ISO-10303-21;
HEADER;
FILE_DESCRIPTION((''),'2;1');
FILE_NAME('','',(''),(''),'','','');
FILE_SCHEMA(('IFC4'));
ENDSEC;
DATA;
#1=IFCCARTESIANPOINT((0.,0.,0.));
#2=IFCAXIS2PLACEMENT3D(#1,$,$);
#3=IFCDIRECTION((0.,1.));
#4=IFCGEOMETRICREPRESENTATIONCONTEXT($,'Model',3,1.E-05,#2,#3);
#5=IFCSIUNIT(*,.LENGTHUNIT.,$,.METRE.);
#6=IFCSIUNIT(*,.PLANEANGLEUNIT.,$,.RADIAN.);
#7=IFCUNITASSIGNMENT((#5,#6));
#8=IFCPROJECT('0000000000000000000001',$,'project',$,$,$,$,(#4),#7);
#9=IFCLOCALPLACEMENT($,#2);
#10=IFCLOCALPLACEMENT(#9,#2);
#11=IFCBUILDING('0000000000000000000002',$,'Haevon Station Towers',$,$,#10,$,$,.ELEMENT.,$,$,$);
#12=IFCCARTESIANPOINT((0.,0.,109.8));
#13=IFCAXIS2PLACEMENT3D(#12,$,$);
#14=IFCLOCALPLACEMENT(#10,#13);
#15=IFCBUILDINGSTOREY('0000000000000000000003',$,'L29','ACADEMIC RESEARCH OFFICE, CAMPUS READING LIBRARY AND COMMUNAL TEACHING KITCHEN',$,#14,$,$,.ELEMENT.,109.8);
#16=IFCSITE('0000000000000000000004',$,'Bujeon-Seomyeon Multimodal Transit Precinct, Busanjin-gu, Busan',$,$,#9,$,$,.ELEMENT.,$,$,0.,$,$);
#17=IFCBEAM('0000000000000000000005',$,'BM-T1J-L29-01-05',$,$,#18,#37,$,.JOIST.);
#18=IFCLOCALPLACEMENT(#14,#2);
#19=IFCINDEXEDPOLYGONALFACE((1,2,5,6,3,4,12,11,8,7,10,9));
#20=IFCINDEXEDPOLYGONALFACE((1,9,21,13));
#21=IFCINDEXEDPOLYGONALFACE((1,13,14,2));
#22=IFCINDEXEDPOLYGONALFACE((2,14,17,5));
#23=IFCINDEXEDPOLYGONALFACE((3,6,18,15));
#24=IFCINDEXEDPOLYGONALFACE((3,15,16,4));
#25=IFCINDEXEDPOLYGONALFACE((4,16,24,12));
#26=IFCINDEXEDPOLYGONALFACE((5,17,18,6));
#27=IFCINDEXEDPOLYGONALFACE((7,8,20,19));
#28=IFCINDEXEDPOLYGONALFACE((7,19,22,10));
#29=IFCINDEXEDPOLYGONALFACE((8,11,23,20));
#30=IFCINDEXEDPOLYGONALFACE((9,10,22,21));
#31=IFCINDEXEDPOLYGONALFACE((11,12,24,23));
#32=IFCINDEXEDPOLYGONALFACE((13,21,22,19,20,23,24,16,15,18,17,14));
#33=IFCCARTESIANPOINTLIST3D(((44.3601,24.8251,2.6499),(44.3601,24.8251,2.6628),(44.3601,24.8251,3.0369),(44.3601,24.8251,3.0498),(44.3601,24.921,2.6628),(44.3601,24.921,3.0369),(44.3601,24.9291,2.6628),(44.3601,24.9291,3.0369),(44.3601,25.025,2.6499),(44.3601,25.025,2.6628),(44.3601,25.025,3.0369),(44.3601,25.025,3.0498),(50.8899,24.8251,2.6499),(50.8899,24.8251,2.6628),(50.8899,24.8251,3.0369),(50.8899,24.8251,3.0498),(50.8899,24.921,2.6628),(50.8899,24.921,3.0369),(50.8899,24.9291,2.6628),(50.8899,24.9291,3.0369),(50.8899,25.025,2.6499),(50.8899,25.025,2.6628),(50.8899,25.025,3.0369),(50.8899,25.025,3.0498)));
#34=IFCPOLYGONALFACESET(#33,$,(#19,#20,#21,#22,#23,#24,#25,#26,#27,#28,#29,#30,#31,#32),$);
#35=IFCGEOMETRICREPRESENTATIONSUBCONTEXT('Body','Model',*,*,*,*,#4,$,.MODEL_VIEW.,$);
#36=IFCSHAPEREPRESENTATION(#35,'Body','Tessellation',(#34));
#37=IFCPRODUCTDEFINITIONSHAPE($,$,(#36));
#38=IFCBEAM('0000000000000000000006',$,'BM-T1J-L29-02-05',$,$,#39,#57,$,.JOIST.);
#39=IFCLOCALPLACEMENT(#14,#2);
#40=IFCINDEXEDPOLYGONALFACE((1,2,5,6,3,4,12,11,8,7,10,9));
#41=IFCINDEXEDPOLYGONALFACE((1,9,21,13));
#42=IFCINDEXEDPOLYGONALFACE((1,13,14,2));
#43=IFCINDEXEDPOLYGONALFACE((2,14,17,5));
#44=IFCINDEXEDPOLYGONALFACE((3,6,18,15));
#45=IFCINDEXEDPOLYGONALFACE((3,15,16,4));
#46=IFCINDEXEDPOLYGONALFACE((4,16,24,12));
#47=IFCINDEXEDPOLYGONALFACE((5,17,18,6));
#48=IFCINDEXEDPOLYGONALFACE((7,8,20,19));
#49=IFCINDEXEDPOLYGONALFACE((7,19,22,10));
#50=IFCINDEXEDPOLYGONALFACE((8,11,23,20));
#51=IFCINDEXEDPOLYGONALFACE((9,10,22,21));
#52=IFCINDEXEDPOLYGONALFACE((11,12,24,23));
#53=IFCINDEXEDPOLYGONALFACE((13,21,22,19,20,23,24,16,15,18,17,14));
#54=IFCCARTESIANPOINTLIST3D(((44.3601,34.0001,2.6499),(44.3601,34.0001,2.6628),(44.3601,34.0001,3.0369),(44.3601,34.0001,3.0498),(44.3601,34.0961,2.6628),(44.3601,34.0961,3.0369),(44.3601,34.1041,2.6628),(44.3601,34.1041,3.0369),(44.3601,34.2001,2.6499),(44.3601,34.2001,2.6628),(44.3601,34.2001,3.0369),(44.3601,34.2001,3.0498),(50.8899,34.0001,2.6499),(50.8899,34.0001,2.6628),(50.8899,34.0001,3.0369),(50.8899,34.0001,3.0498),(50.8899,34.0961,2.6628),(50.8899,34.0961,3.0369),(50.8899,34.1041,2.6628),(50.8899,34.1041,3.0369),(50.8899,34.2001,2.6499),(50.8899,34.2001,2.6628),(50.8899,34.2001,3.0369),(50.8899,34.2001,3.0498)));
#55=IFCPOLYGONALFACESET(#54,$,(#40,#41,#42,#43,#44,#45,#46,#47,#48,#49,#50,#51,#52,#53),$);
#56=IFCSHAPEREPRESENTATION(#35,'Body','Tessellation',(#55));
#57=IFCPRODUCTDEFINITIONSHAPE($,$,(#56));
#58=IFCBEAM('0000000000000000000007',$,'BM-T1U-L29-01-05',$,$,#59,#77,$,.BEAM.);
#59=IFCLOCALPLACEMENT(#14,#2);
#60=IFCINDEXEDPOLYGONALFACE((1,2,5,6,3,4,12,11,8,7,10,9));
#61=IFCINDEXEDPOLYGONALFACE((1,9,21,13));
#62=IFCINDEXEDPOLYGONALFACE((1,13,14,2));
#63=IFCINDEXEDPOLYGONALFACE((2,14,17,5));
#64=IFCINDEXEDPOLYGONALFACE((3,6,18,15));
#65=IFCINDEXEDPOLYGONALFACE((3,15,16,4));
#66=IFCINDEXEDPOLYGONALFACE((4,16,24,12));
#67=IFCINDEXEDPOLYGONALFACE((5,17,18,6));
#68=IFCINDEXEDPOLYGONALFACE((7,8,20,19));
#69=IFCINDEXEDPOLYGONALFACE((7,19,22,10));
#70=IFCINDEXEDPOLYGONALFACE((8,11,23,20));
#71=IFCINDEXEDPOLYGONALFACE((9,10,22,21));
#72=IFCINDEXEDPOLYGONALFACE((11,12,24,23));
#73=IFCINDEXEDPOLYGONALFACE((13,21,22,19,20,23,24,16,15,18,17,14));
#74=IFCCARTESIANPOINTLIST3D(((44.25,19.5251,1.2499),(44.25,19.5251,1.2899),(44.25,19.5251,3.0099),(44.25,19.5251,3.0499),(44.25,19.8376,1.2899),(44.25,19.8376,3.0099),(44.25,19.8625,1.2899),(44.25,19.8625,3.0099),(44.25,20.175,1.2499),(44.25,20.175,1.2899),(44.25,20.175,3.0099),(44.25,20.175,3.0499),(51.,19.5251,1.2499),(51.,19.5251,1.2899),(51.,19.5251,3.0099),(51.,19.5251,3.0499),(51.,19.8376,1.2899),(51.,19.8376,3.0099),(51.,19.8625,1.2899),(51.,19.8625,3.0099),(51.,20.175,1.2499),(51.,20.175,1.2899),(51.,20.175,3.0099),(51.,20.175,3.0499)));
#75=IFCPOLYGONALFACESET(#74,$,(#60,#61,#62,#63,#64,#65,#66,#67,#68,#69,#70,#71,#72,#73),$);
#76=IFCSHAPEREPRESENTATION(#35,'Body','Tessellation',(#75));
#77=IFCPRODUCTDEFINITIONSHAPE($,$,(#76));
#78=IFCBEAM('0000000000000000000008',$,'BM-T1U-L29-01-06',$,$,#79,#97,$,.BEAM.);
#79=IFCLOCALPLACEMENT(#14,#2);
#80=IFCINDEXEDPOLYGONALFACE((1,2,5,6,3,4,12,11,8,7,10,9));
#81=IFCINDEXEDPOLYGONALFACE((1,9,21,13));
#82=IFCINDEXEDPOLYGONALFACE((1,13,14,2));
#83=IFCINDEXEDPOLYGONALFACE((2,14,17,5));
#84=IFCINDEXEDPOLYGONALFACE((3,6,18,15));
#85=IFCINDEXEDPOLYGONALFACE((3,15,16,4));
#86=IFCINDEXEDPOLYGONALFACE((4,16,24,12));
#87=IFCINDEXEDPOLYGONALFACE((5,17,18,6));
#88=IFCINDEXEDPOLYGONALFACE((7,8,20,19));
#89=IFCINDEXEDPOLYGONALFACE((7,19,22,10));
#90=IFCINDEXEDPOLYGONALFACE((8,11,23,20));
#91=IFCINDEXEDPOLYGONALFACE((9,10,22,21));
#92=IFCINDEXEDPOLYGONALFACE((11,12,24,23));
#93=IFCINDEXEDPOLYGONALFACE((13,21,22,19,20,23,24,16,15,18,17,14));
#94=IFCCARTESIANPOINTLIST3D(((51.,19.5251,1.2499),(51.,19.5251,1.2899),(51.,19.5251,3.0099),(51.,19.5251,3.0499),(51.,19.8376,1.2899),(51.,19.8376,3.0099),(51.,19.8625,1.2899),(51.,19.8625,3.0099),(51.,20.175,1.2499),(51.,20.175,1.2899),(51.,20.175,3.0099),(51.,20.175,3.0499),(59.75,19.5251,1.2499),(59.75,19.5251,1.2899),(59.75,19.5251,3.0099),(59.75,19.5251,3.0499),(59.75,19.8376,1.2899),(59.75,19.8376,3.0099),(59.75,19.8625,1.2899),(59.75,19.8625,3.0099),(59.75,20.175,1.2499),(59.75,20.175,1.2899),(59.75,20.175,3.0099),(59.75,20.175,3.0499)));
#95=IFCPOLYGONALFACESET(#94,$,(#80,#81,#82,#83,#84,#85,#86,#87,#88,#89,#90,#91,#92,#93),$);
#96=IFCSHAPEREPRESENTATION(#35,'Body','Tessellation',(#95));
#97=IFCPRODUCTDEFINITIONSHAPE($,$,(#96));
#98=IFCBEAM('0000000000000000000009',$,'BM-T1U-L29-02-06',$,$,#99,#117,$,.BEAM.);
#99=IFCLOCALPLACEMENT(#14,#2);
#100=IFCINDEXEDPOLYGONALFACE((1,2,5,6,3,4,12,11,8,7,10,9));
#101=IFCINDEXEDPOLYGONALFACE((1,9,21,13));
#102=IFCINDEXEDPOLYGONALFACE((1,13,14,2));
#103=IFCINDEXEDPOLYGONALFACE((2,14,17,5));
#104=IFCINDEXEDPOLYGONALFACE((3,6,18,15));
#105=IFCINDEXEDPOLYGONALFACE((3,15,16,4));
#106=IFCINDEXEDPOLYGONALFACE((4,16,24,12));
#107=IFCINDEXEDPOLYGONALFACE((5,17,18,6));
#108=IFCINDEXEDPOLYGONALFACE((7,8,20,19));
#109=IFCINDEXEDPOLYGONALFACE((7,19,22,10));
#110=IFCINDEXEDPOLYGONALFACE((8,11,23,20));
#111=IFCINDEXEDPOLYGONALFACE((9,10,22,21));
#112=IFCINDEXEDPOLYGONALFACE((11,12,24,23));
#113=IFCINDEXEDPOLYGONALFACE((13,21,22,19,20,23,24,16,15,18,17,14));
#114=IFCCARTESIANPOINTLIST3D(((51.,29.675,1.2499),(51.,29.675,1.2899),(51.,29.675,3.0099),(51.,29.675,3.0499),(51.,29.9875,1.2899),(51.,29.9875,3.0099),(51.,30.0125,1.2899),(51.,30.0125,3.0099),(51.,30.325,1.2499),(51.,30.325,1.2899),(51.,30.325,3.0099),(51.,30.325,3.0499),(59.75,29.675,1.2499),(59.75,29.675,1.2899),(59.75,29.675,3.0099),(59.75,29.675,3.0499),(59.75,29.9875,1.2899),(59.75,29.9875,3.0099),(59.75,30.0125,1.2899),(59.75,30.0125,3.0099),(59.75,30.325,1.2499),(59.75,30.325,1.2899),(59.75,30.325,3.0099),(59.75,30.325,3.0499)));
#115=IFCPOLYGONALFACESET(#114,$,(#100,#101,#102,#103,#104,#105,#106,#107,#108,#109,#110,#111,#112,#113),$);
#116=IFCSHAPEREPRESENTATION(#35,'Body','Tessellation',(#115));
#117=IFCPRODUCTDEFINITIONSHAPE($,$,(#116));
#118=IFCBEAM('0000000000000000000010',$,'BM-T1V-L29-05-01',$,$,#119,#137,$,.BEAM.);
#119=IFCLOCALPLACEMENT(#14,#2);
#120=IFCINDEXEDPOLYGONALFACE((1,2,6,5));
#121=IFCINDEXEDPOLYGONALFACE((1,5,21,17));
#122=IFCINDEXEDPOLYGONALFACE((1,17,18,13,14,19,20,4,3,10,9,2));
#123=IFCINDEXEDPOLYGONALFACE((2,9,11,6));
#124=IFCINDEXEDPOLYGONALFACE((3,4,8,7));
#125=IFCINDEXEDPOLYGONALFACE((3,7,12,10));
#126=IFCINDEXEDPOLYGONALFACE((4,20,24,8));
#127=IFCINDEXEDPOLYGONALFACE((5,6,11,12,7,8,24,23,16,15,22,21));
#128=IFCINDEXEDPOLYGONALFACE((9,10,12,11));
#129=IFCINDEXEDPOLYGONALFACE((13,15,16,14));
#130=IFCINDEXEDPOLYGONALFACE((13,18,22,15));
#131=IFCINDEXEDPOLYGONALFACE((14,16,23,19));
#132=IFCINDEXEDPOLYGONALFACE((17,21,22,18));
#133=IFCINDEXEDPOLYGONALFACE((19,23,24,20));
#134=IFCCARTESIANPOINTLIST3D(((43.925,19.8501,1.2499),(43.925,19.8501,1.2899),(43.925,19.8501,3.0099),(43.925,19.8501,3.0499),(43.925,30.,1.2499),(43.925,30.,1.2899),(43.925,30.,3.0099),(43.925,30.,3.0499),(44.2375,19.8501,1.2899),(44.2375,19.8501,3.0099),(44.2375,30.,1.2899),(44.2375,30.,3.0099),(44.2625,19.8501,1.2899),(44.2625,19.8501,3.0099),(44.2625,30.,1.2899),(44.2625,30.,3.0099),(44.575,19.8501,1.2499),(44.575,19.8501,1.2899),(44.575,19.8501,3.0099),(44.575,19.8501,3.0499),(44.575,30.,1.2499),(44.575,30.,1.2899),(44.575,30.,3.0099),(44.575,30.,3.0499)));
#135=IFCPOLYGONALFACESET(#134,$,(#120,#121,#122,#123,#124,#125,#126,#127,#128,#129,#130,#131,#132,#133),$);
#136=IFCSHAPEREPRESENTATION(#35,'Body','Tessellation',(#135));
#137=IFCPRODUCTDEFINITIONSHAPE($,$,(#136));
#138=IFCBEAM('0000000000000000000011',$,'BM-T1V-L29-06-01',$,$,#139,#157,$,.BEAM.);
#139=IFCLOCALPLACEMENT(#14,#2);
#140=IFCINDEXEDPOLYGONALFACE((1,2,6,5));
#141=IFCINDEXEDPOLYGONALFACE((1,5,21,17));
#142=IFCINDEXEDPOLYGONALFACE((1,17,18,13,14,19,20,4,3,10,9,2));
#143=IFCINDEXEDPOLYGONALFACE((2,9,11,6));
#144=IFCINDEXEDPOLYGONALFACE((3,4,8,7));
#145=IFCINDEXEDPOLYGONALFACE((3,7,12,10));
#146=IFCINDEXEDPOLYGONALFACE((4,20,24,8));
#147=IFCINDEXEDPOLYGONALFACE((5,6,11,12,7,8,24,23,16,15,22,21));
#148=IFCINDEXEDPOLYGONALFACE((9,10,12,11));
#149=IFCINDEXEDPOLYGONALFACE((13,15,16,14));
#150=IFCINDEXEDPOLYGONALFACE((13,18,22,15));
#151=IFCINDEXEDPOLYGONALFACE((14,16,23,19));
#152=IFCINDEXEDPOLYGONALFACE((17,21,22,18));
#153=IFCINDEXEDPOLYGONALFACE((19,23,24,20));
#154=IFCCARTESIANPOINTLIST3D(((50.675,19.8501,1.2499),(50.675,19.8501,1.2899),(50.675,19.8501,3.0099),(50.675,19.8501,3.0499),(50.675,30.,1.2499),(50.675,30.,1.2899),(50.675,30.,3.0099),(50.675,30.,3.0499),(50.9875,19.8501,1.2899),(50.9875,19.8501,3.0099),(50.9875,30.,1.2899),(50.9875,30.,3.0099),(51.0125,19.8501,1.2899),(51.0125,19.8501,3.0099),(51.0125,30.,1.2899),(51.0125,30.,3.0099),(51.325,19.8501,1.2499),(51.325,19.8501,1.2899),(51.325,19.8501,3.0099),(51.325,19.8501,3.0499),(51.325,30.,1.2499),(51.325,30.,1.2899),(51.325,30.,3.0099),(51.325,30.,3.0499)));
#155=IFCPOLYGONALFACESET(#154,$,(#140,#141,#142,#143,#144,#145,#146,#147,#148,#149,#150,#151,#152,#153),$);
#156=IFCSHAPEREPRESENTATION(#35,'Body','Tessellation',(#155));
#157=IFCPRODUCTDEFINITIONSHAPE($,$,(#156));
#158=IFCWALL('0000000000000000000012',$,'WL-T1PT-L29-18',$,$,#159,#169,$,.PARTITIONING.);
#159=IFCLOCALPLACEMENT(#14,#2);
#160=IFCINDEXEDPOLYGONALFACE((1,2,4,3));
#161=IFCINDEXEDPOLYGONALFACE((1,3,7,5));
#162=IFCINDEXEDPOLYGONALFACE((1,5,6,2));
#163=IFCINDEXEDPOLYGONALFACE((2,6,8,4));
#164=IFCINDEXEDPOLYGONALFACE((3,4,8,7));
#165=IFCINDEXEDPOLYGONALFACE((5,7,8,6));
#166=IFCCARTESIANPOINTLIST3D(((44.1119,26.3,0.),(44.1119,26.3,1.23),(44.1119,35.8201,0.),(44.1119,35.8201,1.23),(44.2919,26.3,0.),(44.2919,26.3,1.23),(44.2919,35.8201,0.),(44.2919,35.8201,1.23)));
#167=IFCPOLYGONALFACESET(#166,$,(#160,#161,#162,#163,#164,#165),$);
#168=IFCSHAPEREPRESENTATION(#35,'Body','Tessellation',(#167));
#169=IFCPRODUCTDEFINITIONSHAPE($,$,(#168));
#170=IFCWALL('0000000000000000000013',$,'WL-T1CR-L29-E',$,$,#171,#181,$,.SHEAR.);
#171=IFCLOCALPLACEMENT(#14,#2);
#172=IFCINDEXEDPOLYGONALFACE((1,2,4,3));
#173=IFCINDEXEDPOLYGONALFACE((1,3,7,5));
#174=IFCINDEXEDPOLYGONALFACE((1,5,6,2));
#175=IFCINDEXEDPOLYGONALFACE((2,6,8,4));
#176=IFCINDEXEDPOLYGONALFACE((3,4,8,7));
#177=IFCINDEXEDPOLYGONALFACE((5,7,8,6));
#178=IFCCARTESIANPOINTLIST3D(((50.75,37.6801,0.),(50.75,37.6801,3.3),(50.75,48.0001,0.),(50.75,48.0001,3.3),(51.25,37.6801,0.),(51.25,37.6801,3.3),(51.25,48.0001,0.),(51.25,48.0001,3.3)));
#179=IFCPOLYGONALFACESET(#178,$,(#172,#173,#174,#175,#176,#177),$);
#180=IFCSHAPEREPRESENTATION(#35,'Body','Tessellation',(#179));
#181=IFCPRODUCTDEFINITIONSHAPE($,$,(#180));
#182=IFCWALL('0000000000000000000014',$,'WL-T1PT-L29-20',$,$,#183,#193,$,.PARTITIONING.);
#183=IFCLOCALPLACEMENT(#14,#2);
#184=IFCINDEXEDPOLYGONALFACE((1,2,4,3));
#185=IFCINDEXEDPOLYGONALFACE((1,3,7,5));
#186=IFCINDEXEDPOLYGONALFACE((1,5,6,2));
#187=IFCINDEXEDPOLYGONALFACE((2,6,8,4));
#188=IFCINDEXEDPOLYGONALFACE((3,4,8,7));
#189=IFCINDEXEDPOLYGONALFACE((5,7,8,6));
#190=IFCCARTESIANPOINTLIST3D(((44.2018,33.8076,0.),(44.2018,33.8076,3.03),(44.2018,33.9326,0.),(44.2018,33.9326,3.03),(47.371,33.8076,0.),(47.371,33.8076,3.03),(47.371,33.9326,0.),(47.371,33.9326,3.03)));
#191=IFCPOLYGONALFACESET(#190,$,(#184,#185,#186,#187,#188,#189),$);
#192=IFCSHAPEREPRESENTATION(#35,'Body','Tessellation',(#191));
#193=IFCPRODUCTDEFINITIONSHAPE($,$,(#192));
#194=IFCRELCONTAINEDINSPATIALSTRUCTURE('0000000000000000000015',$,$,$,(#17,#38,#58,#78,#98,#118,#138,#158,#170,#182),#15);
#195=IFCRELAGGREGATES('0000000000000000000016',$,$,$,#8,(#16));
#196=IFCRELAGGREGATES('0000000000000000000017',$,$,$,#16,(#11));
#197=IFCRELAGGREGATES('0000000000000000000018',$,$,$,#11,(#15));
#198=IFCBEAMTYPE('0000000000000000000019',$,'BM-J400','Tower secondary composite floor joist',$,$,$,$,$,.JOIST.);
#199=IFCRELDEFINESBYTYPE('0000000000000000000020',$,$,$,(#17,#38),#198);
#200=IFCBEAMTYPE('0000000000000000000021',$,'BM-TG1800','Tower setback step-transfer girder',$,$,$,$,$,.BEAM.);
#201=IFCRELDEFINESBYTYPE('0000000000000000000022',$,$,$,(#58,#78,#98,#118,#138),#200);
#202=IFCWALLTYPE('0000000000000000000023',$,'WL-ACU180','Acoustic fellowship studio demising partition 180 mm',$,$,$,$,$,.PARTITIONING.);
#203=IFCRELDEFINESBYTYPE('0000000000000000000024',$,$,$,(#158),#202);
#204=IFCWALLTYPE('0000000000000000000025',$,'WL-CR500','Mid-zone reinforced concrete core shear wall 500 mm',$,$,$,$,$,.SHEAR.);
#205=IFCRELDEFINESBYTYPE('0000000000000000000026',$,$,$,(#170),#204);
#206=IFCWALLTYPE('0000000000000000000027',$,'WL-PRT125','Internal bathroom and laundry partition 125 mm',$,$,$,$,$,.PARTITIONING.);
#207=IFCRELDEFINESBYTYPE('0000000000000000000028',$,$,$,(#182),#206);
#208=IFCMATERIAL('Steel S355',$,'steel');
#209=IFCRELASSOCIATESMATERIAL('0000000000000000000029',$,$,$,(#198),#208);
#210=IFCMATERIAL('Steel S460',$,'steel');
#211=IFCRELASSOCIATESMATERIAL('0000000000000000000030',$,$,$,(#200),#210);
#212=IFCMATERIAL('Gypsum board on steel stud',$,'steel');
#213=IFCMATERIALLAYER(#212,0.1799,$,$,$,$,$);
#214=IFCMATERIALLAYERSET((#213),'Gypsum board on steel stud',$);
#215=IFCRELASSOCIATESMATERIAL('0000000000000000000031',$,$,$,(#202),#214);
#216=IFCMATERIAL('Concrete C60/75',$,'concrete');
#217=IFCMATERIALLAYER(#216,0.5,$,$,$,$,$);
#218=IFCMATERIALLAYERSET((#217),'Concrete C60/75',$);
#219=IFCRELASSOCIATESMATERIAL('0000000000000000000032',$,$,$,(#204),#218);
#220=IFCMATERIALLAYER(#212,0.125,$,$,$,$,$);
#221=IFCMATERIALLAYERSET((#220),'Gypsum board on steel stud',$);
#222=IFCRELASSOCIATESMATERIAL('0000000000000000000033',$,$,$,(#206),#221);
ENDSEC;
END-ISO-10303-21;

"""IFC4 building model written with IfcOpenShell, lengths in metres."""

from ifc_helpers import new_model, si_unit, direction, frame, frame_2d, origin, origin_2d, place, context, subcontext, project, spatial, rectangle, i_section, extrude, material, layer, layer_set, material_profile, profile_set, type_object, element, save


model = new_model("IFC4")

# Units and contexts
model_context = context("Model", 3, precision=1e-05, world=origin(), true_north=direction((0.0, 1.0)))
body_context = subcontext(model_context, "Body", "Model", "MODEL_VIEW")
ifc_project = project(units=[si_unit("LENGTHUNIT", "METRE"), si_unit("PLANEANGLEUNIT", "RADIAN")], contexts=[model_context])

# Site, building, storey
site_placement = place(None, origin())
site = spatial("IfcSite", under=ifc_project, at=site_placement, Name="Bujeon-Seomyeon Multimodal Transit Precinct, Busanjin-gu, Busan", CompositionType="ELEMENT", RefElevation=0.0)
building_placement = place(site_placement, origin())
building = spatial("IfcBuilding", under=site, at=building_placement, Name="Haevon Station Towers", CompositionType="ELEMENT")
storey_placement = place(building_placement, frame((0.0, 0.0, 109.8)))
storey = spatial("IfcBuildingStorey", under=building, at=storey_placement, Name="L29", Description="ACADEMIC RESEARCH OFFICE, CAMPUS READING LIBRARY AND COMMUNAL TEACHING KITCHEN", CompositionType="ELEMENT", Elevation=109.8)

# Shared definitions
ifc_material_1 = material(Name="Steel S460", Category="steel")

# Beams
ifc_material_2 = material(Name="Steel S355", Category="steel")
ifc_material_profile_1 = material_profile(ifc_material_2, i_section(OverallWidth=0.2, OverallDepth=0.3999, WebThickness=0.0081, FlangeThickness=0.0129, at=origin_2d()), Name="H-400x200x8x13")
ifc_profile_set_1 = profile_set([ifc_material_profile_1], Name="Steel S355")
beam_type_1 = type_object("IfcBeamType", Name="BM-J400", Description="Tower secondary composite floor joist", PredefinedType="JOIST", material=ifc_profile_set_1)
for number, where, z_axis, x_axis, name in (
    (1, (44.3601, 24.925, 2.8499), (1.0, 0.0, 0.0), (0.0, 1.0, 0.0), "BM-T1J-L29-01-05"),
    (2, (44.3601, 34.1001, 2.8499), (1.0, 0.0, 0.0), (0.0, 1.0, 0.0), "BM-T1J-L29-02-05"),
):
    element("IfcBeam", number, at=place(storey_placement, frame(where, z_axis=z_axis, x_axis=x_axis)), inside=storey, type_object=beam_type_1, Name=name, PredefinedType="JOIST", context=body_context, shape_type="SweptSolid", body=[
        extrude(i_section(OverallWidth=0.2, OverallDepth=0.3999, WebThickness=0.0081, FlangeThickness=0.0129, at=origin_2d()), origin(), (0.0, 0.0, 1.0), 6.5298),
    ])
ifc_material_profile_2 = material_profile(ifc_material_1, i_section(OverallWidth=0.6499, OverallDepth=1.8, WebThickness=0.0249, FlangeThickness=0.04, at=origin_2d()), Name="H-1800x650x25x40")
ifc_profile_set_2 = profile_set([ifc_material_profile_2], Name="Steel S460")
beam_type_2 = type_object("IfcBeamType", Name="BM-TG1800", Description="Tower setback step-transfer girder", PredefinedType="BEAM", material=ifc_profile_set_2)
beam_placement = place(storey_placement, frame((44.25, 19.8501, 2.1499), z_axis=(1.0, 0.0, 0.0), x_axis=(0.0, 1.0, 0.0)))
element("IfcBeam", 3, at=beam_placement, inside=storey, type_object=beam_type_2, Name="BM-T1U-L29-01-05", PredefinedType="BEAM", context=body_context, shape_type="SweptSolid", body=[
    extrude(i_section(OverallWidth=0.6499, OverallDepth=1.8, WebThickness=0.0249, FlangeThickness=0.04, at=origin_2d()), origin(), (0.0, 0.0, 1.0), 6.75),
])
for number, where, z_axis, x_axis, name in (
    (4, (51.0, 19.8501, 2.1499), (1.0, 0.0, 0.0), (0.0, 1.0, 0.0), "BM-T1U-L29-01-06"),
    (5, (51.0, 30.0, 2.1499), (1.0, 0.0, 0.0), (0.0, 1.0, 0.0), "BM-T1U-L29-02-06"),
):
    element("IfcBeam", number, at=place(storey_placement, frame(where, z_axis=z_axis, x_axis=x_axis)), inside=storey, type_object=beam_type_2, Name=name, PredefinedType="BEAM", context=body_context, shape_type="SweptSolid", body=[
        extrude(i_section(OverallWidth=0.6499, OverallDepth=1.8, WebThickness=0.0249, FlangeThickness=0.04, at=origin_2d()), origin(), (0.0, 0.0, 1.0), 8.75),
    ])
for number, where, z_axis, x_axis, name in (
    (6, (44.25, 19.8501, 2.1499), (0.0, 1.0, 0.0), (-1.0, 0.0, 0.0), "BM-T1V-L29-05-01"),
    (7, (51.0, 19.8501, 2.1499), (0.0, 1.0, 0.0), (-1.0, 0.0, 0.0), "BM-T1V-L29-06-01"),
):
    element("IfcBeam", number, at=place(storey_placement, frame(where, z_axis=z_axis, x_axis=x_axis)), inside=storey, type_object=beam_type_2, Name=name, PredefinedType="BEAM", context=body_context, shape_type="SweptSolid", body=[
        extrude(i_section(OverallWidth=0.6499, OverallDepth=1.8, WebThickness=0.0249, FlangeThickness=0.04, at=origin_2d()), origin(), (0.0, 0.0, 1.0), 10.1499),
    ])

# Walls
ifc_material_3 = material(Name="Gypsum board on steel stud", Category="steel")
ifc_layer_1 = layer(ifc_material_3, 0.1799)
ifc_layer_set_1 = layer_set([ifc_layer_1], Name="Gypsum board on steel stud")
wall_type_1 = type_object("IfcWallType", Name="WL-ACU180", Description="Acoustic fellowship studio demising partition 180 mm", PredefinedType="PARTITIONING", material=ifc_layer_set_1)
wall_1_placement = place(storey_placement, frame((44.2019, 26.3, 0.0), z_axis=(0.0, 0.0, 1.0), x_axis=(0.0, 1.0, 0.0)))
element("IfcWall", 8, at=wall_1_placement, inside=storey, type_object=wall_type_1, Name="WL-T1PT-L29-18", PredefinedType="PARTITIONING", context=body_context, shape_type="SweptSolid", body=[
    extrude(rectangle(XDim=9.52, YDim=0.1799, at=frame_2d((4.76, 0.0))), origin(), (0.0, 0.0, 1.0), 1.23),
])
ifc_material_4 = material(Name="Concrete C60/75", Category="concrete")
ifc_layer_2 = layer(ifc_material_4, 0.5)
ifc_layer_set_2 = layer_set([ifc_layer_2], Name="Concrete C60/75")
wall_type_2 = type_object("IfcWallType", Name="WL-CR500", Description="Mid-zone reinforced concrete core shear wall 500 mm", PredefinedType="SHEAR", material=ifc_layer_set_2)
wall_2_placement = place(storey_placement, frame((51.0, 37.6799, 0.0), z_axis=(0.0, 0.0, 1.0), x_axis=(0.0, 1.0, 0.0)))
element("IfcWall", 9, at=wall_2_placement, inside=storey, type_object=wall_type_2, Name="WL-T1CR-L29-E", PredefinedType="SHEAR", context=body_context, shape_type="SweptSolid", body=[
    extrude(rectangle(XDim=10.3201, YDim=0.5, at=frame_2d((5.1602, 0.0))), origin(), (0.0, 0.0, 1.0), 3.3),
])
ifc_layer_3 = layer(ifc_material_3, 0.125)
ifc_layer_set_3 = layer_set([ifc_layer_3], Name="Gypsum board on steel stud")
wall_type_3 = type_object("IfcWallType", Name="WL-PRT125", Description="Internal bathroom and laundry partition 125 mm", PredefinedType="PARTITIONING", material=ifc_layer_set_3)
wall_3_placement = place(storey_placement, frame((44.2019, 33.8701, 0.0), z_axis=(0.0, 0.0, 1.0), x_axis=(1.0, 0.0, 0.0)))
element("IfcWall", 10, at=wall_3_placement, inside=storey, type_object=wall_type_3, Name="WL-T1PT-L29-20", PredefinedType="PARTITIONING", context=body_context, shape_type="SweptSolid", body=[
    extrude(rectangle(XDim=3.1692, YDim=0.125, at=frame_2d((1.5845, 0.0))), origin(), (0.0, 0.0, 1.0), 3.03),
])

save(model, "model.ifc")
